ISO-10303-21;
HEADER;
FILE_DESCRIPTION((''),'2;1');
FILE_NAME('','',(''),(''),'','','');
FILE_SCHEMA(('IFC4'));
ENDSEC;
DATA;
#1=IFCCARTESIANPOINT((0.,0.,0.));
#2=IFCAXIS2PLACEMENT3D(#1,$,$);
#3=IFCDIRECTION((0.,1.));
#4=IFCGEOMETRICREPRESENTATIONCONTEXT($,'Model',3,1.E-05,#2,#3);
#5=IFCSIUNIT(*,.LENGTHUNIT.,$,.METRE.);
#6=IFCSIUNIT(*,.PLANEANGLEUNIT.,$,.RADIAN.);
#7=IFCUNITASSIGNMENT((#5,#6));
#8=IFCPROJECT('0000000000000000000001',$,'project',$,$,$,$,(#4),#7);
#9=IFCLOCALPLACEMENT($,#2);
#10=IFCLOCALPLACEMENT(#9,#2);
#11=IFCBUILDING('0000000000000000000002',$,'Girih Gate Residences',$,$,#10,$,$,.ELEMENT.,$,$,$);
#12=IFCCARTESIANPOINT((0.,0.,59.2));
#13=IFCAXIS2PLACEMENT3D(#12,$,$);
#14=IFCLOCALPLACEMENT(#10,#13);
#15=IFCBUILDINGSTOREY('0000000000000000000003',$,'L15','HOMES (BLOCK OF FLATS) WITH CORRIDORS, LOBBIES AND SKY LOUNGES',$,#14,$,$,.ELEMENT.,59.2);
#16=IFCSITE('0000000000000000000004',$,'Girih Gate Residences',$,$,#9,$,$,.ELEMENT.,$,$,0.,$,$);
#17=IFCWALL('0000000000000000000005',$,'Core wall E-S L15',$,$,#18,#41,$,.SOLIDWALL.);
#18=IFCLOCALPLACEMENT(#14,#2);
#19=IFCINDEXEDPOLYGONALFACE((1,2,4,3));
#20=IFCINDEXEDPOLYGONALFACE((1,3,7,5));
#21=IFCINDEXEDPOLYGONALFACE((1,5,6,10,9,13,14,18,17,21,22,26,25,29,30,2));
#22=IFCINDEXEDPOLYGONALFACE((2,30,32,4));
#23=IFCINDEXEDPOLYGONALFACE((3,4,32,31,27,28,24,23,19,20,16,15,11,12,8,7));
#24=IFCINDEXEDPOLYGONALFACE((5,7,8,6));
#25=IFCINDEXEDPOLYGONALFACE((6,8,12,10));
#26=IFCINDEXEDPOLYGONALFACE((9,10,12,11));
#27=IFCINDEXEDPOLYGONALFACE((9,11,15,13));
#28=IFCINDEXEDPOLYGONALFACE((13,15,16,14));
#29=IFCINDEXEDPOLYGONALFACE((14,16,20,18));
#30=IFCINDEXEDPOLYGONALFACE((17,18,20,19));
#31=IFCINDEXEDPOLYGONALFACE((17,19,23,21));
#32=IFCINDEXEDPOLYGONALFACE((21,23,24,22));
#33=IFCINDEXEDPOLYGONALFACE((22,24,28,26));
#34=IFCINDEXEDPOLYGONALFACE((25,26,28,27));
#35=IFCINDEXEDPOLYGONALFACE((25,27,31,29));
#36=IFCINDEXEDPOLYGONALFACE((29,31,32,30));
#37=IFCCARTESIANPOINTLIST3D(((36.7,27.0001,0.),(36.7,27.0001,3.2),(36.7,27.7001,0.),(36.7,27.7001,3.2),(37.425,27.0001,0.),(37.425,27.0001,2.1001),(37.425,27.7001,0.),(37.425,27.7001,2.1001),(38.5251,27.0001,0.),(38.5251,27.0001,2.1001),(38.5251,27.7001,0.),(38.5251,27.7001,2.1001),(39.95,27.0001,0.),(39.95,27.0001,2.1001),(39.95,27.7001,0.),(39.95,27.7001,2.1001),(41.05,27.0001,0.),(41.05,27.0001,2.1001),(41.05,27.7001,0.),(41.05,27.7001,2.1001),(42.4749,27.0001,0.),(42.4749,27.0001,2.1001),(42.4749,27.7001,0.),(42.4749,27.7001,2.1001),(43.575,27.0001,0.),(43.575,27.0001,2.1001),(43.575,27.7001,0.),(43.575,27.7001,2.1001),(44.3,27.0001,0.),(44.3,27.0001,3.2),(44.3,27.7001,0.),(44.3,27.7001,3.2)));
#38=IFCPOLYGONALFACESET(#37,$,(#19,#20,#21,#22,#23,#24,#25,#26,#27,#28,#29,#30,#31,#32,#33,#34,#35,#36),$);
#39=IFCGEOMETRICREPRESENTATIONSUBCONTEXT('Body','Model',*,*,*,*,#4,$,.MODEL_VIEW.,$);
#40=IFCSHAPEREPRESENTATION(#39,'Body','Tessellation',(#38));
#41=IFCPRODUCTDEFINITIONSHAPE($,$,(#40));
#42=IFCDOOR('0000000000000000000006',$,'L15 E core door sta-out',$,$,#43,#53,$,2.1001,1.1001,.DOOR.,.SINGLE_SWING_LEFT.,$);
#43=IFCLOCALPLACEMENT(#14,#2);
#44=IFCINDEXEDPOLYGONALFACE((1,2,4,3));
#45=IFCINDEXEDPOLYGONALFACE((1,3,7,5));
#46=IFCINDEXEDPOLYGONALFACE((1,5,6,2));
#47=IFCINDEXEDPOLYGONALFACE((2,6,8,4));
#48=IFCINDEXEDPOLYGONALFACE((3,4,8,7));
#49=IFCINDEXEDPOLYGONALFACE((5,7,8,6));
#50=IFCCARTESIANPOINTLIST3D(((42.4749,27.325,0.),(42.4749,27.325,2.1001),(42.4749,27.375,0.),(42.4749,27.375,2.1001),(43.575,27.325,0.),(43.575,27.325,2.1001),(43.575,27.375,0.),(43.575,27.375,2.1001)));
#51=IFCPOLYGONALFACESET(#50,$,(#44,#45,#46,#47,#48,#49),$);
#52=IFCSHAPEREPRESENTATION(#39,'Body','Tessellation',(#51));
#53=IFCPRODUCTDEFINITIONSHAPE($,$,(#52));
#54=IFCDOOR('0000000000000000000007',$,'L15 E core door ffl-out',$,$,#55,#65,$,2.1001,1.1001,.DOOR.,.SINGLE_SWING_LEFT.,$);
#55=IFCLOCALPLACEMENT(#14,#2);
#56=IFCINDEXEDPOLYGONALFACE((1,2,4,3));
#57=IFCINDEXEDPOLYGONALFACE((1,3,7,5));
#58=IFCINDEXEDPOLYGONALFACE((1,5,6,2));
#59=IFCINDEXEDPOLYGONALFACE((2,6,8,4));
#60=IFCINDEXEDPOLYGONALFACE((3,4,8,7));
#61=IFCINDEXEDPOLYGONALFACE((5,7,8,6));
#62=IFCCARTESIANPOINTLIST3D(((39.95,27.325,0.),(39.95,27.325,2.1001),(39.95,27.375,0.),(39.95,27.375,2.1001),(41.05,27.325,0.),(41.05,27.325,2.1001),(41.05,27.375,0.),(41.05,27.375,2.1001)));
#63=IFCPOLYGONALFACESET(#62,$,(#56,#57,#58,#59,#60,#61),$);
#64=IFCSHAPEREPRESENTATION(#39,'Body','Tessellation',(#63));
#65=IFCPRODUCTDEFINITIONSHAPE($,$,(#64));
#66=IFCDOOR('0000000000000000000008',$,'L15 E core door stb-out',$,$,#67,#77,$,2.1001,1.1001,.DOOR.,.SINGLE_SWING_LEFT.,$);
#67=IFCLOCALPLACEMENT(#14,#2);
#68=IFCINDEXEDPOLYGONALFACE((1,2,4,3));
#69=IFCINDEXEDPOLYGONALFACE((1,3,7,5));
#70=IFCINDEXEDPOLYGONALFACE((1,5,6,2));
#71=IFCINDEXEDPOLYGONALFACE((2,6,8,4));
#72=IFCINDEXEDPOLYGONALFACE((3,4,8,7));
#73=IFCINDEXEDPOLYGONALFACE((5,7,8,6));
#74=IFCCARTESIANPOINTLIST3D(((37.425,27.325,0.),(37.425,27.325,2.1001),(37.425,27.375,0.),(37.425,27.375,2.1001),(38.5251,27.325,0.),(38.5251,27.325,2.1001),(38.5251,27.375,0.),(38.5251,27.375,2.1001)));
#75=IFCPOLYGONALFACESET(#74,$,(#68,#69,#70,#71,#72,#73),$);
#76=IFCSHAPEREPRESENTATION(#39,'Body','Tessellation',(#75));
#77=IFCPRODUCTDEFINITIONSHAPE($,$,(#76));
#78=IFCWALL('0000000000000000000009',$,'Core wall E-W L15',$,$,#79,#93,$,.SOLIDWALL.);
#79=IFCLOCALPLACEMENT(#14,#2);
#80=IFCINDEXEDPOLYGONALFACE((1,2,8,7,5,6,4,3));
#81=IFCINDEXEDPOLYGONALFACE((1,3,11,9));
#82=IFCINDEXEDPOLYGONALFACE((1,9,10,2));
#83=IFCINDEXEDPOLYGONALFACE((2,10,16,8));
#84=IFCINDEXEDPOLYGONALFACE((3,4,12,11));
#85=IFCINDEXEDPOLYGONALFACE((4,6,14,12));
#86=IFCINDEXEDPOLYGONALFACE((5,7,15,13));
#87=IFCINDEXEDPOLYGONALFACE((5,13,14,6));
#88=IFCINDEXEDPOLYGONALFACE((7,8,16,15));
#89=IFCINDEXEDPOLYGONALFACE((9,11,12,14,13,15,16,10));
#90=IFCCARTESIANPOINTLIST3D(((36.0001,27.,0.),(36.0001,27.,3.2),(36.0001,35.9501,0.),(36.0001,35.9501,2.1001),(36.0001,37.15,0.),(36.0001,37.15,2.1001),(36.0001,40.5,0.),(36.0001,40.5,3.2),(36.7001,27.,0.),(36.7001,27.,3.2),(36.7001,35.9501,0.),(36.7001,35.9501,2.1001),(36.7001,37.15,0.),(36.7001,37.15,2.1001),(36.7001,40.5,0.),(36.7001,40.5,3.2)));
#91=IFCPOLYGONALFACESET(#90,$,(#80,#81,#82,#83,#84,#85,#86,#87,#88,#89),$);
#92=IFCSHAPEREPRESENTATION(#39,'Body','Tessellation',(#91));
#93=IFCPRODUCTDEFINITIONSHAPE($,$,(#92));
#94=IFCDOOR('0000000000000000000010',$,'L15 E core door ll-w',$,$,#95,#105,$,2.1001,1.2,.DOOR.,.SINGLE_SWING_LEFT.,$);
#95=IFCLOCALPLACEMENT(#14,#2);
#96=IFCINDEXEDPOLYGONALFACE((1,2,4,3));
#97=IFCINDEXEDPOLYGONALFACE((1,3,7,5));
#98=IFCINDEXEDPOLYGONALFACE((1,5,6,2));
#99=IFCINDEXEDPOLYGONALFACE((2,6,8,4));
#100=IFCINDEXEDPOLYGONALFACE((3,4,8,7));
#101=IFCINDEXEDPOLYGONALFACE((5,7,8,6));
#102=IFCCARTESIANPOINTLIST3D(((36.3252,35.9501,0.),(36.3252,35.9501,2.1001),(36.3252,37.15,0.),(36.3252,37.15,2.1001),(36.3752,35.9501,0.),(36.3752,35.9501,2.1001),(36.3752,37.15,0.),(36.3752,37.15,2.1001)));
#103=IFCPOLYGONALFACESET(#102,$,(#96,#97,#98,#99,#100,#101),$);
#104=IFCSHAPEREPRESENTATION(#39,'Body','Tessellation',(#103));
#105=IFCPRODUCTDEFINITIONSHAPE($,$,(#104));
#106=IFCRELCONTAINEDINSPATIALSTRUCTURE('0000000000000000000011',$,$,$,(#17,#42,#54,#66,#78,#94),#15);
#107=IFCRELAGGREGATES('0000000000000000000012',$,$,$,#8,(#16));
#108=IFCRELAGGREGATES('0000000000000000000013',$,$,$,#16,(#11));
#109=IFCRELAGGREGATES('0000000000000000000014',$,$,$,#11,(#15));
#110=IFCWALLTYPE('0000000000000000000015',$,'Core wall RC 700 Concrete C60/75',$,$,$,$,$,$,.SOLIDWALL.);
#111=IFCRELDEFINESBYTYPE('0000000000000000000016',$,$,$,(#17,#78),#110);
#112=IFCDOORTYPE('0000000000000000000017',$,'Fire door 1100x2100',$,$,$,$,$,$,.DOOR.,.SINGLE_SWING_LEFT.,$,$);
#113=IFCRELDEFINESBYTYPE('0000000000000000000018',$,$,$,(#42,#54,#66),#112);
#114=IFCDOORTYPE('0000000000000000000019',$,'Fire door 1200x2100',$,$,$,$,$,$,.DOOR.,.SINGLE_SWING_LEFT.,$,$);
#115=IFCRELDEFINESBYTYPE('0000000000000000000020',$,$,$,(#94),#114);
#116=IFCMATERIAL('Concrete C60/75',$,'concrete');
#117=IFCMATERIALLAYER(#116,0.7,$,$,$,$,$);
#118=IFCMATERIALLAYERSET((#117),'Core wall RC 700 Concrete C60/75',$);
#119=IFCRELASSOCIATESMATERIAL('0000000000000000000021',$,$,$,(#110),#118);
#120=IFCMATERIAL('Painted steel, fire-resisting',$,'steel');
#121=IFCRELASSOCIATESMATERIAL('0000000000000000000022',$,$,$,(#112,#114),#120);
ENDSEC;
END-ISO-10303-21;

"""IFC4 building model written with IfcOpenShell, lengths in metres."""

from ifc_helpers import new_model, si_unit, direction, frame, frame_2d, origin, place, context, subcontext, project, spatial, rectangle, extrude, material, layer, layer_set, type_object, element, fill, save


model = new_model("IFC4")

# Units and contexts
model_context = context("Model", 3, precision=1e-05, world=origin(), true_north=direction((0.0, 1.0)))
body_context = subcontext(model_context, "Body", "Model", "MODEL_VIEW")
ifc_project = project(units=[si_unit("LENGTHUNIT", "METRE"), si_unit("PLANEANGLEUNIT", "RADIAN")], contexts=[model_context])

# Site, building, storey
site_placement = place(None, origin())
site = spatial("IfcSite", under=ifc_project, at=site_placement, Name="Girih Gate Residences", CompositionType="ELEMENT", RefElevation=0.0)
building_placement = place(site_placement, origin())
building = spatial("IfcBuilding", under=site, at=building_placement, Name="Girih Gate Residences", CompositionType="ELEMENT")
storey_placement = place(building_placement, frame((0.0, 0.0, 59.2)))
storey = spatial("IfcBuildingStorey", under=building, at=storey_placement, Name="L15", Description="HOMES (BLOCK OF FLATS) WITH CORRIDORS, LOBBIES AND SKY LOUNGES", CompositionType="ELEMENT", Elevation=59.2)

# Shared definitions
ifc_material_1 = material(Name="Concrete C60/75", Category="concrete")

# Wall, openings, doors
ifc_layer_1 = layer(ifc_material_1, 0.7)
ifc_layer_set_1 = layer_set([ifc_layer_1], Name="Core wall RC 700 Concrete C60/75")
wall_type_1 = type_object("IfcWallType", Name="Core wall RC 700 Concrete C60/75", PredefinedType="SOLIDWALL", material=ifc_layer_set_1)
wall_1_placement = place(storey_placement, frame((36.7, 27.3501, 0.0), z_axis=(0.0, 0.0, 1.0), x_axis=(1.0, 0.0, 0.0)))
wall_1 = element("IfcWall", 1, at=wall_1_placement, inside=storey, type_object=wall_type_1, Name="Core wall E-S L15", PredefinedType="SOLIDWALL", context=body_context, shape_type="SweptSolid", body=[
    extrude(rectangle(XDim=7.6001, YDim=0.7, at=frame_2d((3.8, 0.0))), origin(), (0.0, 0.0, 1.0), 3.2),
])
opening_1_placement = place(wall_1_placement, frame((5.7749, 0.0, 0.0)))
opening_1 = element("IfcOpeningElement", 2, at=opening_1_placement, cuts=wall_1, PredefinedType="OPENING", context=body_context, shape_type="SweptSolid", body=[
    extrude(rectangle(XDim=1.1001, YDim=2.1001, at=frame_2d((0.55, 1.05))), frame((0.0, 0.3599, 0.0), z_axis=(0.0, -1.0, 0.0), x_axis=(1.0, 0.0, 0.0)), (0.0, 0.0, 1.0), 0.72),
])
opening_2_placement = place(wall_1_placement, frame((3.25, 0.0, 0.0)))
opening_2 = element("IfcOpeningElement", 3, at=opening_2_placement, cuts=wall_1, PredefinedType="OPENING", context=body_context, shape_type="SweptSolid", body=[
    extrude(rectangle(XDim=1.1001, YDim=2.1001, at=frame_2d((0.55, 1.05))), frame((0.0, 0.3599, 0.0), z_axis=(0.0, -1.0, 0.0), x_axis=(1.0, 0.0, 0.0)), (0.0, 0.0, 1.0), 0.72),
])
opening_3_placement = place(wall_1_placement, frame((0.7251, 0.0, 0.0)))
opening_3 = element("IfcOpeningElement", 4, at=opening_3_placement, cuts=wall_1, PredefinedType="OPENING", context=body_context, shape_type="SweptSolid", body=[
    extrude(rectangle(XDim=1.1001, YDim=2.1001, at=frame_2d((0.55, 1.05))), frame((0.0, 0.3599, 0.0), z_axis=(0.0, -1.0, 0.0), x_axis=(1.0, 0.0, 0.0)), (0.0, 0.0, 1.0), 0.72),
])
ifc_material_2 = material(Name="Painted steel, fire-resisting", Category="steel")
door_type_1 = type_object("IfcDoorType", Name="Fire door 1100x2100", OperationType="SINGLE_SWING_LEFT", PredefinedType="DOOR", material=ifc_material_2)
door_1_placement = place(opening_1_placement, origin())
door_1 = element("IfcDoor", 5, at=door_1_placement, inside=storey, type_object=door_type_1, Name="L15 E core door sta-out", OperationType="SINGLE_SWING_LEFT", OverallHeight=2.1001, OverallWidth=1.1001, PredefinedType="DOOR", context=body_context, shape_type="SweptSolid", body=[
    extrude(rectangle(XDim=1.1001, YDim=2.1001, at=frame_2d((0.55, 1.05))), frame((0.0, 0.0249, 0.0), z_axis=(0.0, -1.0, 0.0), x_axis=(1.0, 0.0, 0.0)), (0.0, 0.0, 1.0), 0.05),
])
fill(opening_1, door_1)
door_2_placement = place(opening_2_placement, origin())
door_2 = element("IfcDoor", 6, at=door_2_placement, inside=storey, type_object=door_type_1, Name="L15 E core door ffl-out", OperationType="SINGLE_SWING_LEFT", OverallHeight=2.1001, OverallWidth=1.1001, PredefinedType="DOOR", context=body_context, shape_type="SweptSolid", body=[
    extrude(rectangle(XDim=1.1001, YDim=2.1001, at=frame_2d((0.55, 1.05))), frame((0.0, 0.0249, 0.0), z_axis=(0.0, -1.0, 0.0), x_axis=(1.0, 0.0, 0.0)), (0.0, 0.0, 1.0), 0.05),
])
fill(opening_2, door_2)
door_3_placement = place(opening_3_placement, origin())
door_3 = element("IfcDoor", 7, at=door_3_placement, inside=storey, type_object=door_type_1, Name="L15 E core door stb-out", OperationType="SINGLE_SWING_LEFT", OverallHeight=2.1001, OverallWidth=1.1001, PredefinedType="DOOR", context=body_context, shape_type="SweptSolid", body=[
    extrude(rectangle(XDim=1.1001, YDim=2.1001, at=frame_2d((0.55, 1.05))), frame((0.0, 0.0249, 0.0), z_axis=(0.0, -1.0, 0.0), x_axis=(1.0, 0.0, 0.0)), (0.0, 0.0, 1.0), 0.05),
])
fill(opening_3, door_3)

# Wall, opening, door
wall_2_placement = place(storey_placement, frame((36.3501, 27.0, 0.0), z_axis=(0.0, 0.0, 1.0), x_axis=(0.0, 1.0, 0.0)))
wall_2 = element("IfcWall", 8, at=wall_2_placement, inside=storey, type_object=wall_type_1, Name="Core wall E-W L15", PredefinedType="SOLIDWALL", context=body_context, shape_type="SweptSolid", body=[
    extrude(rectangle(XDim=13.5, YDim=0.7, at=frame_2d((6.75, 0.0))), origin(), (0.0, 0.0, 1.0), 3.2),
])
opening_4_placement = place(wall_2_placement, frame((8.95, 0.0, 0.0)))
opening_4 = element("IfcOpeningElement", 9, at=opening_4_placement, cuts=wall_2, PredefinedType="OPENING", context=body_context, shape_type="SweptSolid", body=[
    extrude(rectangle(XDim=1.2, YDim=2.1001, at=frame_2d((0.6001, 1.05))), frame((0.0, 0.3599, 0.0), z_axis=(0.0, -1.0, 0.0), x_axis=(1.0, 0.0, 0.0)), (0.0, 0.0, 1.0), 0.72),
])
door_type_2 = type_object("IfcDoorType", Name="Fire door 1200x2100", OperationType="SINGLE_SWING_LEFT", PredefinedType="DOOR", material=ifc_material_2)
door_4_placement = place(opening_4_placement, origin())
door_4 = element("IfcDoor", 10, at=door_4_placement, inside=storey, type_object=door_type_2, Name="L15 E core door ll-w", OperationType="SINGLE_SWING_LEFT", OverallHeight=2.1001, OverallWidth=1.2, PredefinedType="DOOR", context=body_context, shape_type="SweptSolid", body=[
    extrude(rectangle(XDim=1.2, YDim=2.1001, at=frame_2d((0.6001, 1.05))), frame((0.0, 0.0249, 0.0), z_axis=(0.0, -1.0, 0.0), x_axis=(1.0, 0.0, 0.0)), (0.0, 0.0, 1.0), 0.05),
])
fill(opening_4, door_4)

save(model, "model.ifc")
